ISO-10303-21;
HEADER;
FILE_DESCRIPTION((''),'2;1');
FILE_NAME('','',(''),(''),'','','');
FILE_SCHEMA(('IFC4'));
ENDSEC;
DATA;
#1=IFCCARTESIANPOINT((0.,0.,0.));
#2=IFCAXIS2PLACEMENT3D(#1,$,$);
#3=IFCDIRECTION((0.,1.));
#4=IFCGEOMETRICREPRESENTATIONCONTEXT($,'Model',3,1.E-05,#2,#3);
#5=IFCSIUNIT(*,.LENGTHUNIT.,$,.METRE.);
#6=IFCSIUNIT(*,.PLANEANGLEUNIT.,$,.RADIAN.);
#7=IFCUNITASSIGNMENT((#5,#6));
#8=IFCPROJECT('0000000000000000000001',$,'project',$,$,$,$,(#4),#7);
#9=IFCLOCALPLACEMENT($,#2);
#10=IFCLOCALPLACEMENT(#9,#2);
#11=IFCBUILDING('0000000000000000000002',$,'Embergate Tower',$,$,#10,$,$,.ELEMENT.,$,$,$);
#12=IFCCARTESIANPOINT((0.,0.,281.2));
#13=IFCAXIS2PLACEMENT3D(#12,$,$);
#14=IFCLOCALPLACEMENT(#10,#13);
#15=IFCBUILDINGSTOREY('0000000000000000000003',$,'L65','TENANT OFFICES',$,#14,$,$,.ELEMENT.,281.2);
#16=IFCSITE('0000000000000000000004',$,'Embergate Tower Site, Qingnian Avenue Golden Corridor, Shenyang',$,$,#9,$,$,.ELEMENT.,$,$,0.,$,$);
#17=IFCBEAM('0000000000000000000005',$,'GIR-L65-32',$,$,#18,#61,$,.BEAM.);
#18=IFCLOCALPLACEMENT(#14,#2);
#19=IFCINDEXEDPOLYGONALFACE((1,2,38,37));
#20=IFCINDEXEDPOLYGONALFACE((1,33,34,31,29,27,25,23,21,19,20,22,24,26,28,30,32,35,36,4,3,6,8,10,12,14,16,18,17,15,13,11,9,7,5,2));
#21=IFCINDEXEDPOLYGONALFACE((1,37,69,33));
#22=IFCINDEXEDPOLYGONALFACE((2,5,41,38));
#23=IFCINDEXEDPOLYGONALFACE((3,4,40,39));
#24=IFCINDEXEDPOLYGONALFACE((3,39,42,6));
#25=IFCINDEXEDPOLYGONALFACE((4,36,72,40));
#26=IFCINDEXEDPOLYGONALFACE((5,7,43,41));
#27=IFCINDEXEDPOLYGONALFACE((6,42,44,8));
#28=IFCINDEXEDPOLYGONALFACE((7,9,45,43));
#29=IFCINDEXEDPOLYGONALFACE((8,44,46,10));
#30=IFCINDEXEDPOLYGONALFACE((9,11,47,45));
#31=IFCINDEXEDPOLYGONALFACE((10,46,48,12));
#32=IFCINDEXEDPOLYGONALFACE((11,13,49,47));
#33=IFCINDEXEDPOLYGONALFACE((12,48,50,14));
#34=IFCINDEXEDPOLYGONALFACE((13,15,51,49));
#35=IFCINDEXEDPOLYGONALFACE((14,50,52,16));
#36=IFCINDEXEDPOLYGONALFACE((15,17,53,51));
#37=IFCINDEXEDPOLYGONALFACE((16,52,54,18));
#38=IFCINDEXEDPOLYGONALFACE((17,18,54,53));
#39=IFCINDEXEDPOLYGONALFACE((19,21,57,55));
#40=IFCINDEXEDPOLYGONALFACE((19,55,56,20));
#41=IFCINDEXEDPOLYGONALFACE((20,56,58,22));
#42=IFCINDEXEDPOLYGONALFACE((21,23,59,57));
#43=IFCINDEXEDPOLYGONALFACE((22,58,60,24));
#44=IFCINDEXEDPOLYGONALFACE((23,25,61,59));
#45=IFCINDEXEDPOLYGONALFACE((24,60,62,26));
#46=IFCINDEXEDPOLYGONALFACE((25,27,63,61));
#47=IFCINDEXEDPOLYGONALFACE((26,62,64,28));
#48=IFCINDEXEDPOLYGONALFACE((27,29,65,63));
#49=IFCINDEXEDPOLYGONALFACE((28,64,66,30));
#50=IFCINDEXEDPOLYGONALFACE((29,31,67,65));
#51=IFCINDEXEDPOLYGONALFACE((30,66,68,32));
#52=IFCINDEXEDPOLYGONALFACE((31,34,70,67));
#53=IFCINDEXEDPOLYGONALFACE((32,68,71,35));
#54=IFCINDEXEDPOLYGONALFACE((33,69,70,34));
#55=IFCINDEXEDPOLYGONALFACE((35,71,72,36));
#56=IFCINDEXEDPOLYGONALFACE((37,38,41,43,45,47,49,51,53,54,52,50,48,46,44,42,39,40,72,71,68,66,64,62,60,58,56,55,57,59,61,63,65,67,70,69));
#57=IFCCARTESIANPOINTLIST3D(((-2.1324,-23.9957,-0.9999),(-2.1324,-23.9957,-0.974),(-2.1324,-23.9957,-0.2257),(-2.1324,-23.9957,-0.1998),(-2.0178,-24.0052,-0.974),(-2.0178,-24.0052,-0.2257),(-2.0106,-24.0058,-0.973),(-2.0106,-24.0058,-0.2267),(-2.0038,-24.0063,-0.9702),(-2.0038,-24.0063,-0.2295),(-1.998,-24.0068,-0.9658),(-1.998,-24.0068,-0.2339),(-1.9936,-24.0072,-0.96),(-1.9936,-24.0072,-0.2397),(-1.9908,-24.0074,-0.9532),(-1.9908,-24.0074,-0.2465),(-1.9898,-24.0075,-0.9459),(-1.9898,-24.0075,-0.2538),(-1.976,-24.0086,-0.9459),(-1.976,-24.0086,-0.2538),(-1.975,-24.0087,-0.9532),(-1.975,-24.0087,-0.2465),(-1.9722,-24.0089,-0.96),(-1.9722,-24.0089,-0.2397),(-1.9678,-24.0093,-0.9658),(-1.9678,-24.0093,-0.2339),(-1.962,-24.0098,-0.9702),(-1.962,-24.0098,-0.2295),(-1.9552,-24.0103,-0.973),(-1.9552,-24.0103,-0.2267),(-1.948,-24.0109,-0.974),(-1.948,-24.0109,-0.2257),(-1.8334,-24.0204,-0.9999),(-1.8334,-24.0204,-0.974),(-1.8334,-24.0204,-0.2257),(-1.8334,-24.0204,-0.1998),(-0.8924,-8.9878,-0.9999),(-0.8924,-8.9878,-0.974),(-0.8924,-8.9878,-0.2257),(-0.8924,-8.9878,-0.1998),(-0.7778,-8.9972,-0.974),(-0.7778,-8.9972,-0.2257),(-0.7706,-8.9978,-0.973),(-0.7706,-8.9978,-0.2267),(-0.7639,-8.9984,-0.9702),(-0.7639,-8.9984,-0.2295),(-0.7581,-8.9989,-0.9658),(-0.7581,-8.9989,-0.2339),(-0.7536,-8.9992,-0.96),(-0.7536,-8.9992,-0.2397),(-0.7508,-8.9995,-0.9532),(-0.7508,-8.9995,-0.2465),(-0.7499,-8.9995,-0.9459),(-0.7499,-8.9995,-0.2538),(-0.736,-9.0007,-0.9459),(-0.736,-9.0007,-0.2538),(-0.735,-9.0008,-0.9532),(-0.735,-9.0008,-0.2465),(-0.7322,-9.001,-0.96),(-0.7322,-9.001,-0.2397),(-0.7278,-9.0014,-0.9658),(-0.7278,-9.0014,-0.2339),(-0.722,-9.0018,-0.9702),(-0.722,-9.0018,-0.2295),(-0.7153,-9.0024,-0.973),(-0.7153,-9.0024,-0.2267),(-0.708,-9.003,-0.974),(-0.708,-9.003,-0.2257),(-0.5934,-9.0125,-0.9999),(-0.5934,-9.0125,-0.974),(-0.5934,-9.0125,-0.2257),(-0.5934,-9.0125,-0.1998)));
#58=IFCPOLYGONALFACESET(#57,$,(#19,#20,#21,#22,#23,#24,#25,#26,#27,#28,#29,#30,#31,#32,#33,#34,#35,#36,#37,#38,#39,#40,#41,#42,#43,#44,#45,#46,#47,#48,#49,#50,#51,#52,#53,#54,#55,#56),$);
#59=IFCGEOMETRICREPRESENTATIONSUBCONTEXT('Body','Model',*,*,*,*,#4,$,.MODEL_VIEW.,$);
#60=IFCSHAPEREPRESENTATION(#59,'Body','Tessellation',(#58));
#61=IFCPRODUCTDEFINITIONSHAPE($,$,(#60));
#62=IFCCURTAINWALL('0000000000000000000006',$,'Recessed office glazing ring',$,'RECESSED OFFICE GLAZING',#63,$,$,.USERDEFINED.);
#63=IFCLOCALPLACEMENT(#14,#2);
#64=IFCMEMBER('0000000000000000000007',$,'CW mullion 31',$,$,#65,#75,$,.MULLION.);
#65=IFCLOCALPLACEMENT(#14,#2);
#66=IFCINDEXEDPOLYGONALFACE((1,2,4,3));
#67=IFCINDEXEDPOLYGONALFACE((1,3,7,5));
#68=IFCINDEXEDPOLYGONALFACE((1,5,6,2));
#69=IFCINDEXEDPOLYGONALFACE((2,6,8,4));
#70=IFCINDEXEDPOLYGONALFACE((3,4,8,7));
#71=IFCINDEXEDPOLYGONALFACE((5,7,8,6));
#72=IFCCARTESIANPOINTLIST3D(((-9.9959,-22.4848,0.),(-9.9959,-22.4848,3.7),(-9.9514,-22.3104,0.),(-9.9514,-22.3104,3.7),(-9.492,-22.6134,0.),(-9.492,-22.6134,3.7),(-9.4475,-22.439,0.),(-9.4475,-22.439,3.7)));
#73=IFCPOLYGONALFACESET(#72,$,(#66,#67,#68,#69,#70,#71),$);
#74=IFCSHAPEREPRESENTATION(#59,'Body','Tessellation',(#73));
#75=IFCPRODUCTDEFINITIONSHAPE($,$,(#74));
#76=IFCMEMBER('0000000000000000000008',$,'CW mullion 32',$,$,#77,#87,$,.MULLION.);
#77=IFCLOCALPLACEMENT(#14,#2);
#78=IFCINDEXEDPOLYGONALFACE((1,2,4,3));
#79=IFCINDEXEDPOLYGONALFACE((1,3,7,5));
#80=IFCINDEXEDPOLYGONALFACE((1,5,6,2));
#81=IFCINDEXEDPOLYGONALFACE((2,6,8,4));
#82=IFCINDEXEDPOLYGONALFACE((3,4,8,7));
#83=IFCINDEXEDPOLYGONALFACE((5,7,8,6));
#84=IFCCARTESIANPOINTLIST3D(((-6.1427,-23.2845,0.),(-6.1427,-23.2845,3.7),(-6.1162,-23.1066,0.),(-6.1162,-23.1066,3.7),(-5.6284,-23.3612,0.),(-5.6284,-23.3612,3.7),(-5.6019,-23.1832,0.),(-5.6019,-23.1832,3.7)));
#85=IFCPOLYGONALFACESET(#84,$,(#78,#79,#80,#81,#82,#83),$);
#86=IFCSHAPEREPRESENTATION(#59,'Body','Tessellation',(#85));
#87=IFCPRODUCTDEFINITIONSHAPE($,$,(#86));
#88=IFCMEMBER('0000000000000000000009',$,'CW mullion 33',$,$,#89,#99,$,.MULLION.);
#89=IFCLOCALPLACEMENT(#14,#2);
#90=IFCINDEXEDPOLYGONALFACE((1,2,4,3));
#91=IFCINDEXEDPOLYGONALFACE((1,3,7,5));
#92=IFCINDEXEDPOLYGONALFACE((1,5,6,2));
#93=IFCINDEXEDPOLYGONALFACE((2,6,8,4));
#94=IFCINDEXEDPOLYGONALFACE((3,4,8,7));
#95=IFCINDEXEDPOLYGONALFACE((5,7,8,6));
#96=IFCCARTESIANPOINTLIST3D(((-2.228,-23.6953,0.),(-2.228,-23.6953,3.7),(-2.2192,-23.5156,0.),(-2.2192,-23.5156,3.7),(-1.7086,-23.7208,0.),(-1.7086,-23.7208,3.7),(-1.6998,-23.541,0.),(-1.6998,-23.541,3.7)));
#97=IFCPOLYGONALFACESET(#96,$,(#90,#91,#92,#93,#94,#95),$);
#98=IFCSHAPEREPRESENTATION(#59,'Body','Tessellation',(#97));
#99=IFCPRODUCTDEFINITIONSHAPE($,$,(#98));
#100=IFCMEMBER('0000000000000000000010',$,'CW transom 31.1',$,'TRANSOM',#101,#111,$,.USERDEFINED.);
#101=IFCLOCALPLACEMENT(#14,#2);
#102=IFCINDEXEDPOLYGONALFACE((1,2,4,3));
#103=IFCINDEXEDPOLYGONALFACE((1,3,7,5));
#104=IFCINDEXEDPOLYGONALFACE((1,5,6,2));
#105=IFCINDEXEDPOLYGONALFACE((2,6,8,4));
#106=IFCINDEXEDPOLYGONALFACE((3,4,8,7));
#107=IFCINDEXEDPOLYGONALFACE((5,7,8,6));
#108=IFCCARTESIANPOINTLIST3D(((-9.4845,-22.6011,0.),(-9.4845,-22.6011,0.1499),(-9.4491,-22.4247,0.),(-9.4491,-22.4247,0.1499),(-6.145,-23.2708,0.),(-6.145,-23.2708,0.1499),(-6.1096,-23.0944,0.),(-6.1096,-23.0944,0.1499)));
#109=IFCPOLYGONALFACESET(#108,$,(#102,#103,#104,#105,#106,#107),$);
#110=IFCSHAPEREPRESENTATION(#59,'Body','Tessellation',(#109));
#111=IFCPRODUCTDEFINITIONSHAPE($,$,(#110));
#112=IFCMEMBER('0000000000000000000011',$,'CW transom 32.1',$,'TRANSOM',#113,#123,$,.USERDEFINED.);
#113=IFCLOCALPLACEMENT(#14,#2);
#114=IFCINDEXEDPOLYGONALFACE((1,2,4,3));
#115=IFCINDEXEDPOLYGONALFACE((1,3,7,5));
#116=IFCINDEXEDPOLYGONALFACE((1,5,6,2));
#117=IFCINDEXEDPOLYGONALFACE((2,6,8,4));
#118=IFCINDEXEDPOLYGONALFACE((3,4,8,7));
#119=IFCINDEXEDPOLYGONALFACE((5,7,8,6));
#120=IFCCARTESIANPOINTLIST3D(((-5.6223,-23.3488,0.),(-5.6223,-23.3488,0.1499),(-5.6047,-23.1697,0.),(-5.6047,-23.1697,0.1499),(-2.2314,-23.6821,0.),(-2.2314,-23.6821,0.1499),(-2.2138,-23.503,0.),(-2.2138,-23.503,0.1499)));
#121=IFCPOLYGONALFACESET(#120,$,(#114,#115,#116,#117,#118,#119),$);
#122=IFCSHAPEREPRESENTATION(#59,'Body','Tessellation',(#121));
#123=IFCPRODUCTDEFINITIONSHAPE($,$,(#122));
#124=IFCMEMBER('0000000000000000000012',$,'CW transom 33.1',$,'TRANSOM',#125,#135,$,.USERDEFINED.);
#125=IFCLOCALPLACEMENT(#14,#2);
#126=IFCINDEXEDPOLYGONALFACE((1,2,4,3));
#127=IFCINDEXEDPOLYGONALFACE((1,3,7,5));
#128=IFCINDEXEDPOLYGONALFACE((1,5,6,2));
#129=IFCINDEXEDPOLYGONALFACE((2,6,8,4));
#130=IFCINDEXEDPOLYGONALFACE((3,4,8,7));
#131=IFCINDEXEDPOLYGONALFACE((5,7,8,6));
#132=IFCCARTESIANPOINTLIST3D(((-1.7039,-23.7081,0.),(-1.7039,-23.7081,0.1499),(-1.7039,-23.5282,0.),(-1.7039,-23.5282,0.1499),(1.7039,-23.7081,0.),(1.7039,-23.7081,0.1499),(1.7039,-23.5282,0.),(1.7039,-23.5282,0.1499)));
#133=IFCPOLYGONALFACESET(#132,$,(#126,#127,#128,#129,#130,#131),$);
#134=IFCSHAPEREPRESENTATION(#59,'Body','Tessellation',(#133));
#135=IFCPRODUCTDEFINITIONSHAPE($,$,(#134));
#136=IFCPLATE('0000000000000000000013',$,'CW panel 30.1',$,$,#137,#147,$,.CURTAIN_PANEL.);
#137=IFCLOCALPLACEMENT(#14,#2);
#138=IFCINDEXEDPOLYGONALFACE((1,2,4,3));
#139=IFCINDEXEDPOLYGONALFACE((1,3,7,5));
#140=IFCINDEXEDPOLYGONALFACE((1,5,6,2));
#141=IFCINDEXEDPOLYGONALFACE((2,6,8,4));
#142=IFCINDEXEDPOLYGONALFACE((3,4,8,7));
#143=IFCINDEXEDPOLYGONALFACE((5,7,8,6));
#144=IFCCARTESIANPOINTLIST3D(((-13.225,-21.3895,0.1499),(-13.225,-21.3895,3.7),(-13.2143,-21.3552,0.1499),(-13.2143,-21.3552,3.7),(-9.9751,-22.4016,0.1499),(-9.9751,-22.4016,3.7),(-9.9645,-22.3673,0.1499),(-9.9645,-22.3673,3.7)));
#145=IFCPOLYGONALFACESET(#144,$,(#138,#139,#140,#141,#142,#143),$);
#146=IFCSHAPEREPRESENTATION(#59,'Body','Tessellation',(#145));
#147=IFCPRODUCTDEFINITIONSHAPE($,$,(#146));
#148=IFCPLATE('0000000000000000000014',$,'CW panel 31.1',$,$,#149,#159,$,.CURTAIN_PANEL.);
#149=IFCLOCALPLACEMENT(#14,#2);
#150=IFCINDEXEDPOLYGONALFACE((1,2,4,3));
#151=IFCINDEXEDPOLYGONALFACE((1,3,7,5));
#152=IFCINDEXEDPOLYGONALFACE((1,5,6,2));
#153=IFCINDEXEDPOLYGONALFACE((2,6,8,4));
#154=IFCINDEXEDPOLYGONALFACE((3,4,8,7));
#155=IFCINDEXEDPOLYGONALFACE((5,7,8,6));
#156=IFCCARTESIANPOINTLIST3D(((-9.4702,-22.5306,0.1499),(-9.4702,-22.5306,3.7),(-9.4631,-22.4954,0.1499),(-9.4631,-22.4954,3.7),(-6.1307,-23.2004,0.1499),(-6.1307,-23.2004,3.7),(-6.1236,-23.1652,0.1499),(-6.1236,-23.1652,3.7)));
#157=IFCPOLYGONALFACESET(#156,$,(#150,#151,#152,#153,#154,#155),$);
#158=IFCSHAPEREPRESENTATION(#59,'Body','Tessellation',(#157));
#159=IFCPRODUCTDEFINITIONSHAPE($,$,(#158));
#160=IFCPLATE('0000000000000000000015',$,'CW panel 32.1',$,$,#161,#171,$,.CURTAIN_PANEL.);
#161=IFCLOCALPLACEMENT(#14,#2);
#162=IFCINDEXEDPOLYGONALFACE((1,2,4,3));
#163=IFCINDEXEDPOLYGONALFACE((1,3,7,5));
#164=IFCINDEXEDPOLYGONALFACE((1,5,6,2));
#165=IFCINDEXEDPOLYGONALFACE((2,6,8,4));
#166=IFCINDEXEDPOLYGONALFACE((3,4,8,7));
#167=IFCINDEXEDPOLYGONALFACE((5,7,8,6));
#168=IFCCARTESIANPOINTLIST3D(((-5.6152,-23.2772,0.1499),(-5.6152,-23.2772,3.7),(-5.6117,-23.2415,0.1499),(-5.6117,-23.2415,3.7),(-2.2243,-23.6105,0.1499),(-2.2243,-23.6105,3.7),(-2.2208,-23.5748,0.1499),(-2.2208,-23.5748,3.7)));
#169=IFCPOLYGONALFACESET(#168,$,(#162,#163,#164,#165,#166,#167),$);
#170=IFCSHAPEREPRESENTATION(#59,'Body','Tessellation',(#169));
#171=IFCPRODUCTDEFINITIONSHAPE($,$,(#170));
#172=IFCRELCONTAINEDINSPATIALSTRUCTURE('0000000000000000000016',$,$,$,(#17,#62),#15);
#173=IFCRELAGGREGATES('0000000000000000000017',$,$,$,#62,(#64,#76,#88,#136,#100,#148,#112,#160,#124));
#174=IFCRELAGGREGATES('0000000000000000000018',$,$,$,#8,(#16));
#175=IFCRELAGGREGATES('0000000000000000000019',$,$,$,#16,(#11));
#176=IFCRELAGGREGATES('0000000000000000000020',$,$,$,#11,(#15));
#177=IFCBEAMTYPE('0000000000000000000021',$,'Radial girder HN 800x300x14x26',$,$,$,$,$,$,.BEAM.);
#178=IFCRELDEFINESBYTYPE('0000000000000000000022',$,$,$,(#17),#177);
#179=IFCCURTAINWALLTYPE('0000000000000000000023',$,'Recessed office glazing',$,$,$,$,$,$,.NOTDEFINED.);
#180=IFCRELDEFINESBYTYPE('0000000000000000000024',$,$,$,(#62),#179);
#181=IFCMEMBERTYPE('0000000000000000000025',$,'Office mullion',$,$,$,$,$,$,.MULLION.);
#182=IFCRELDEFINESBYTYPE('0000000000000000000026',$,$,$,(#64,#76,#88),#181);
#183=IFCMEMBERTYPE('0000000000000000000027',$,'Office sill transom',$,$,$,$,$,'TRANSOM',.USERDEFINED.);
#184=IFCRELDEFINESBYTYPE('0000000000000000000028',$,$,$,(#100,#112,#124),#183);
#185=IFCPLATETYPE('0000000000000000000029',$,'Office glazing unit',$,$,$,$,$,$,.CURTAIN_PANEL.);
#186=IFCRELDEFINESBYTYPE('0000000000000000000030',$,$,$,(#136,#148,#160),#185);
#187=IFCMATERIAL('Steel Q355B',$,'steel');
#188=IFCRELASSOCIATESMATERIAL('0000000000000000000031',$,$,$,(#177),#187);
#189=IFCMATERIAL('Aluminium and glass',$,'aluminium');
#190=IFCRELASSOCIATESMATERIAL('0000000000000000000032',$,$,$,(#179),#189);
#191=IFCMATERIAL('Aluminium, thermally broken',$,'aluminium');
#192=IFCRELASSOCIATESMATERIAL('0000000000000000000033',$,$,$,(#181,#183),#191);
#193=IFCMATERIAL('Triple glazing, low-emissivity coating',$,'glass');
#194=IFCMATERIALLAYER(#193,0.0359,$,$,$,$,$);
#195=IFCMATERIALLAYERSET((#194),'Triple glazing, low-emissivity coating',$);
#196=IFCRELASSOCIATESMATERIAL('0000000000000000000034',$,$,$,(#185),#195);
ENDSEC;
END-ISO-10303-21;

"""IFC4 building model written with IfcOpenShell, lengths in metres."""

from ifc_helpers import new_model, si_unit, direction, frame, origin, origin_2d, place, context, subcontext, project, spatial, rectangle, i_section, extrude, source, transform, mapped, material, layer, layer_set, material_profile, profile_set, type_object, element, aggregate, save


model = new_model("IFC4")

# Units and contexts
model_context = context("Model", 3, precision=1e-05, world=origin(), true_north=direction((0.0, 1.0)))
body_context = subcontext(model_context, "Body", "Model", "MODEL_VIEW")
ifc_project = project(units=[si_unit("LENGTHUNIT", "METRE"), si_unit("PLANEANGLEUNIT", "RADIAN")], contexts=[model_context])

# Site, building, storey
site_placement = place(None, origin())
site = spatial("IfcSite", under=ifc_project, at=site_placement, Name="Embergate Tower Site, Qingnian Avenue Golden Corridor, Shenyang", CompositionType="ELEMENT", RefElevation=0.0)
building_placement = place(site_placement, origin())
building = spatial("IfcBuilding", under=site, at=building_placement, Name="Embergate Tower", CompositionType="ELEMENT")
storey_placement = place(building_placement, frame((0.0, 0.0, 281.2)))
storey = spatial("IfcBuildingStorey", under=building, at=storey_placement, Name="L65", Description="TENANT OFFICES", CompositionType="ELEMENT", Elevation=281.2)

# Beam
ifc_material_1 = material(Name="Steel Q355B", Category="steel")
ifc_material_profile_1 = material_profile(ifc_material_1, i_section(OverallWidth=0.3, OverallDepth=0.8, WebThickness=0.0139, FlangeThickness=0.0259, FilletRadius=0.0281, at=origin_2d()), Name="HN 800x300x14x26")
ifc_profile_set_1 = profile_set([ifc_material_profile_1], Name="Steel Q355 grade B")
beam_type_1 = type_object("IfcBeamType", Name="Radial girder HN 800x300x14x26", PredefinedType="BEAM", material=ifc_profile_set_1)
shared_shape_1 = source(origin(), body_context, "Body", "SweptSolid", [
    extrude(i_section(OverallWidth=0.3, OverallDepth=0.8, WebThickness=0.0139, FlangeThickness=0.0259, FilletRadius=0.0281, at=origin_2d()), origin(), (0.0, 0.0, 1.0), 15.0591),
])
beam_1_placement = place(storey_placement, frame((-1.9829, -24.0081, -0.5999), z_axis=(0.082341, 0.996604, 0.0), x_axis=(-0.996604, 0.082341, 0.0)))
element("IfcBeam", 1, at=beam_1_placement, inside=storey, type_object=beam_type_1, Name="GIR-L65-32", PredefinedType="BEAM", context=body_context, shape_type="MappedRepresentation", body=[
    mapped(shared_shape_1, transform((0.0, 0.0, 0.0))),
])

# Curtain wall, members
ifc_material_2 = material(Name="Aluminium and glass", Category="aluminium")
curtain_wall_type = type_object("IfcCurtainWallType", Name="Recessed office glazing", PredefinedType="NOTDEFINED", material=ifc_material_2)
curtain_wall_placement = place(storey_placement, origin())
curtain_wall = element("IfcCurtainWall", 2, at=curtain_wall_placement, inside=storey, type_object=curtain_wall_type, Name="Recessed office glazing ring", ObjectType="RECESSED OFFICE GLAZING", PredefinedType="USERDEFINED")
ifc_material_3 = material(Name="Aluminium, thermally broken", Category="aluminium")
ifc_material_profile_2 = material_profile(ifc_material_3, rectangle(XDim=0.1799, YDim=0.52, at=origin_2d()), Name="AL 520x180")
ifc_profile_set_2 = profile_set([ifc_material_profile_2], Name="Aluminium, thermally broken")
member_type_1 = type_object("IfcMemberType", Name="Office mullion", PredefinedType="MULLION", material=ifc_profile_set_2)
shared_shape_2 = source(origin(), body_context, "Body", "SweptSolid", [
    extrude(rectangle(XDim=0.1799, YDim=0.52, at=origin_2d()), origin(), (0.0, 0.0, 1.0), 3.7),
])
member_1_placement = place(storey_placement, frame((-9.7217, -22.4619, 0.0), z_axis=(0.0, 0.0, 1.0), x_axis=(0.247308, 0.968937, 0.0)))
member_1 = element("IfcMember", 3, at=member_1_placement, type_object=member_type_1, Name="CW mullion 31", PredefinedType="MULLION", context=body_context, shape_type="MappedRepresentation", body=[
    mapped(shared_shape_2, transform((0.0, 0.0, 0.0))),
])
member_2_placement = place(storey_placement, frame((-5.8723, -23.2339, 0.0), z_axis=(0.0, 0.0, 1.0), x_axis=(0.147409, 0.989076, 0.0)))
member_2 = element("IfcMember", 4, at=member_2_placement, type_object=member_type_1, Name="CW mullion 32", PredefinedType="MULLION", context=body_context, shape_type="MappedRepresentation", body=[
    mapped(shared_shape_2, transform((0.0, 0.0, 0.0))),
])
member_3_placement = place(storey_placement, frame((-1.9639, -23.6182, 0.0), z_axis=(0.0, 0.0, 1.0), x_axis=(0.04897, 0.9988, 0.0)))
member_3 = element("IfcMember", 5, at=member_3_placement, type_object=member_type_1, Name="CW mullion 33", PredefinedType="MULLION", context=body_context, shape_type="MappedRepresentation", body=[
    mapped(shared_shape_2, transform((0.0, 0.0, 0.0))),
])
ifc_material_profile_3 = material_profile(ifc_material_3, rectangle(XDim=0.1799, YDim=0.1499, at=origin_2d()), Name="AL 150x180")
ifc_profile_set_3 = profile_set([ifc_material_profile_3], Name="Aluminium, thermally broken")
member_type_2 = type_object("IfcMemberType", Name="Office sill transom", ElementType="TRANSOM", PredefinedType="USERDEFINED", material=ifc_profile_set_3)
shared_shape_3 = source(origin(), body_context, "Body", "SweptSolid", [
    extrude(rectangle(XDim=0.1799, YDim=0.1499, at=origin_2d()), origin(), (0.0, 0.0, 1.0), 3.406),
])
member_4_placement = place(storey_placement, frame((-9.4668, -22.5129, 0.075), z_axis=(0.980481, -0.196612, 0.0), x_axis=(0.196612, 0.980481, 0.0)))
member_4 = element("IfcMember", 6, at=member_4_placement, type_object=member_type_2, Name="CW transom 31.1", ObjectType="TRANSOM", PredefinedType="USERDEFINED", context=body_context, shape_type="MappedRepresentation", body=[
    mapped(shared_shape_3, transform((0.0, 0.0, 0.0))),
])
shared_shape_4 = source(origin(), body_context, "Body", "SweptSolid", [
    extrude(rectangle(XDim=0.1799, YDim=0.1499, at=origin_2d()), origin(), (0.0, 0.0, 1.0), 3.4072),
])
member_5_placement = place(storey_placement, frame((-5.6135, -23.2593, 0.075), z_axis=(0.995205, -0.097808, 0.0), x_axis=(0.097808, 0.995205, 0.0)))
member_5 = element("IfcMember", 7, at=member_5_placement, type_object=member_type_2, Name="CW transom 32.1", ObjectType="TRANSOM", PredefinedType="USERDEFINED", context=body_context, shape_type="MappedRepresentation", body=[
    mapped(shared_shape_4, transform((0.0, 0.0, 0.0))),
])
shared_shape_5 = source(origin(), body_context, "Body", "SweptSolid", [
    extrude(rectangle(XDim=0.1799, YDim=0.1499, at=origin_2d()), origin(), (0.0, 0.0, 1.0), 3.4077),
])
member_6_placement = place(storey_placement, frame((-1.7039, -23.6182, 0.075), z_axis=(1.0, 0.0, 0.0), x_axis=(0.0, 1.0, 0.0)))
member_6 = element("IfcMember", 8, at=member_6_placement, type_object=member_type_2, Name="CW transom 33.1", ObjectType="TRANSOM", PredefinedType="USERDEFINED", context=body_context, shape_type="MappedRepresentation", body=[
    mapped(shared_shape_5, transform((0.0, 0.0, 0.0))),
])

# Plates
ifc_material_4 = material(Name="Triple glazing, low-emissivity coating", Category="glass")
ifc_layer_1 = layer(ifc_material_4, 0.0359)
ifc_layer_set_1 = layer_set([ifc_layer_1], Name="Triple glazing, low-emissivity coating")
plate_type = type_object("IfcPlateType", Name="Office glazing unit", PredefinedType="CURTAIN_PANEL", material=ifc_layer_set_1)
shared_shape_6 = source(origin(), body_context, "Body", "SweptSolid", [
    extrude(rectangle(XDim=3.4038, YDim=0.0359, at=origin_2d()), origin(), (0.0, 0.0, 1.0), 3.55),
])
plate_1_placement = place(storey_placement, frame((-11.5947, -21.8784, 0.1499), z_axis=(0.0, 0.0, 1.0), x_axis=(0.954773, -0.297337, 0.0)))
plate_1 = element("IfcPlate", 9, at=plate_1_placement, type_object=plate_type, Name="CW panel 30.1", PredefinedType="CURTAIN_PANEL", context=body_context, shape_type="MappedRepresentation", body=[
    mapped(shared_shape_6, transform((0.0, 0.0, 0.0))),
])
shared_shape_7 = source(origin(), body_context, "Body", "SweptSolid", [
    extrude(rectangle(XDim=3.406, YDim=0.0359, at=origin_2d()), origin(), (0.0, 0.0, 1.0), 3.55),
])
plate_2_placement = place(storey_placement, frame((-7.7969, -22.8479, 0.1499), z_axis=(0.0, 0.0, 1.0), x_axis=(0.980476, -0.196639, 0.0)))
plate_2 = element("IfcPlate", 10, at=plate_2_placement, type_object=plate_type, Name="CW panel 31.1", PredefinedType="CURTAIN_PANEL", context=body_context, shape_type="MappedRepresentation", body=[
    mapped(shared_shape_7, transform((0.0, 0.0, 0.0))),
])
shared_shape_8 = source(origin(), body_context, "Body", "SweptSolid", [
    extrude(rectangle(XDim=3.4072, YDim=0.0359, at=origin_2d()), origin(), (0.0, 0.0, 1.0), 3.55),
])
plate_3_placement = place(storey_placement, frame((-3.918, -23.426, 0.1499), z_axis=(0.0, 0.0, 1.0), x_axis=(0.995203, -0.09783, 0.0)))
plate_3 = element("IfcPlate", 11, at=plate_3_placement, type_object=plate_type, Name="CW panel 32.1", PredefinedType="CURTAIN_PANEL", context=body_context, shape_type="MappedRepresentation", body=[
    mapped(shared_shape_8, transform((0.0, 0.0, 0.0))),
])
aggregate(curtain_wall, [member_1, member_2, member_3, plate_1, member_4, plate_2, member_5, plate_3, member_6])

save(model, "model.ifc")
